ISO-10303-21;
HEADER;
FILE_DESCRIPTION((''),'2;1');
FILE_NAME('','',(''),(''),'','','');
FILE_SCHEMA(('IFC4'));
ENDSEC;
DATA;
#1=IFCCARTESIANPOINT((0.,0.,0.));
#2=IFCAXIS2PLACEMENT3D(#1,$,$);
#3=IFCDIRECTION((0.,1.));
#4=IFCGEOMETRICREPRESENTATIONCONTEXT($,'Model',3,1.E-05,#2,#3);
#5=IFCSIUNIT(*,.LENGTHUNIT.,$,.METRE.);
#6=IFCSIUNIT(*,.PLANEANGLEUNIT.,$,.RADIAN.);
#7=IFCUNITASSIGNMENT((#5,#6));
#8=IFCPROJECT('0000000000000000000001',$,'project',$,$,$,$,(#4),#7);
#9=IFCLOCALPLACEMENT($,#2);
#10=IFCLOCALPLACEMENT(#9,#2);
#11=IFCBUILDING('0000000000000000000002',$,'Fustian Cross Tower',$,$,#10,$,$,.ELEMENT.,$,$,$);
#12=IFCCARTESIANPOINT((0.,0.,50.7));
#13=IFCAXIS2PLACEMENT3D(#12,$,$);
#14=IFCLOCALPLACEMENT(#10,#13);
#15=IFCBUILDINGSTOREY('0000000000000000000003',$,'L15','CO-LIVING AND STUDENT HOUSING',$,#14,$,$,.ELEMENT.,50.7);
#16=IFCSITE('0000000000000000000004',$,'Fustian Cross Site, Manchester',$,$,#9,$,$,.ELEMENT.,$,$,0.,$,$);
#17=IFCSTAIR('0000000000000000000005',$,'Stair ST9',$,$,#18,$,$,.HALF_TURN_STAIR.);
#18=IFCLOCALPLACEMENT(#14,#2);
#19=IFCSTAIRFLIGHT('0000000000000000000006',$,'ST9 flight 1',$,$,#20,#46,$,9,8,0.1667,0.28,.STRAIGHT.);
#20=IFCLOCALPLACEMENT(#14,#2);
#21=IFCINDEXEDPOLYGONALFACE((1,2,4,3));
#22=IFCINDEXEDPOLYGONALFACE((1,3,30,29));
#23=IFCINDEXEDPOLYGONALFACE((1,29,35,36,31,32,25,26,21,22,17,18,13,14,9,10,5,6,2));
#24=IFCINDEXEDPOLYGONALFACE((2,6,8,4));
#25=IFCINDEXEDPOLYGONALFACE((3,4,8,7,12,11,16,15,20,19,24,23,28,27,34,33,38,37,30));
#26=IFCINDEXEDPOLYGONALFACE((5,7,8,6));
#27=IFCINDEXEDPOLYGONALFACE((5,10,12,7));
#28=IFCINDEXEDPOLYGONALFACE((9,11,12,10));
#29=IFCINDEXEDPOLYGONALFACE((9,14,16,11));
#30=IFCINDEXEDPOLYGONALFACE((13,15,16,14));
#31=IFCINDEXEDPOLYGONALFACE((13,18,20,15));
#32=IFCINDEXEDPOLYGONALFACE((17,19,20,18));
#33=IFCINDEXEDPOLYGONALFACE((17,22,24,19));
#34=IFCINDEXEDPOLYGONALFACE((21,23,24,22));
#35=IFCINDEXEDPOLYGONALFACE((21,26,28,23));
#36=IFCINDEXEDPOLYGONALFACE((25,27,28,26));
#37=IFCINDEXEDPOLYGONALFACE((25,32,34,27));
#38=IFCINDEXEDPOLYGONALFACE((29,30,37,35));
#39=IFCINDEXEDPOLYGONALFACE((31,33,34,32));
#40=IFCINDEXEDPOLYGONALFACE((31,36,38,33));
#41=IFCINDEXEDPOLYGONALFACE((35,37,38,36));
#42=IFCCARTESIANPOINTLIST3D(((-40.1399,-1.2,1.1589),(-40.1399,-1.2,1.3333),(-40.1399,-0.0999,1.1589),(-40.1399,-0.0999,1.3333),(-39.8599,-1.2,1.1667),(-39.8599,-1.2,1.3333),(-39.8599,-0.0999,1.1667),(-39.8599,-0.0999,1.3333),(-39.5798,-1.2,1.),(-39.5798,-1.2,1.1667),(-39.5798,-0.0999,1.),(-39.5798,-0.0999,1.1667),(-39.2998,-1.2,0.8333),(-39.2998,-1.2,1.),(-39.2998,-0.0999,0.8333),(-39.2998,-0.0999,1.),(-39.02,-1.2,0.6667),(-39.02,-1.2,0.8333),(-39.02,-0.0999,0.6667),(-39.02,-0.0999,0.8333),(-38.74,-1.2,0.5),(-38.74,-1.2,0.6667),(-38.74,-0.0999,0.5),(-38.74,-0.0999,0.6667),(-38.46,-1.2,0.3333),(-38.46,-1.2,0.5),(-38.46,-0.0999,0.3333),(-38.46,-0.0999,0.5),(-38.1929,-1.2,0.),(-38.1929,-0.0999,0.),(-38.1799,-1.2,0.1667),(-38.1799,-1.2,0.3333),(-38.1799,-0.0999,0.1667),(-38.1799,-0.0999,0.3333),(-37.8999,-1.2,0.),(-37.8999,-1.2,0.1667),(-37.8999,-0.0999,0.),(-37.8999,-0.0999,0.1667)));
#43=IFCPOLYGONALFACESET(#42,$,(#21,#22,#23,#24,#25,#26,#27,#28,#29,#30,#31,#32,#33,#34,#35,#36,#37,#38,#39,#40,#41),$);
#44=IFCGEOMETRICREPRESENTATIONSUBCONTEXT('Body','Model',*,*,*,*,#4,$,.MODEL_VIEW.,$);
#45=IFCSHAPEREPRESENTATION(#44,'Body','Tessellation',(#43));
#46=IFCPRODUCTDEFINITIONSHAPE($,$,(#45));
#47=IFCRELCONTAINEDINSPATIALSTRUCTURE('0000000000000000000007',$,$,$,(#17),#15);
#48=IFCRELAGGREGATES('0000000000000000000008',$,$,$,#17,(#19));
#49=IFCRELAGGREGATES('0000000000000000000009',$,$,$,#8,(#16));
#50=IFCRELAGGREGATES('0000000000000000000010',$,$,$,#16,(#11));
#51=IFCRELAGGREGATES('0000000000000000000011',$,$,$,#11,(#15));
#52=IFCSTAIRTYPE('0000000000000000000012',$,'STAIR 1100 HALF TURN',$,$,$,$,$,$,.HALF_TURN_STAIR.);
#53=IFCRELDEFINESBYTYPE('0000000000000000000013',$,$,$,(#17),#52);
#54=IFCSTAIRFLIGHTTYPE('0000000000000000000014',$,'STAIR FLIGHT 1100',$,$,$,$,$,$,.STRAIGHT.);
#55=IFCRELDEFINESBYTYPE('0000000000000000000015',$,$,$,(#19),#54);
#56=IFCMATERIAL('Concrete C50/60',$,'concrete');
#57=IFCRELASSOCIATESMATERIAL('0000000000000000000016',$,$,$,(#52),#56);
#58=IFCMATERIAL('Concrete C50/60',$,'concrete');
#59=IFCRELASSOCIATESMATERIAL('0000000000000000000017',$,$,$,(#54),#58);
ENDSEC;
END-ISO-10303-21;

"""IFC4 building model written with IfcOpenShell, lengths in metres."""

from ifc_helpers import new_model, si_unit, direction, frame, origin, place, context, subcontext, project, spatial, polyline, outline, extrude, material, type_object, element, aggregate, save


model = new_model("IFC4")

# Units and contexts
model_context = context("Model", 3, precision=1e-05, world=origin(), true_north=direction((0.0, 1.0)))
body_context = subcontext(model_context, "Body", "Model", "MODEL_VIEW")
ifc_project = project(units=[si_unit("LENGTHUNIT", "METRE"), si_unit("PLANEANGLEUNIT", "RADIAN")], contexts=[model_context])

# Site, building, storey
site_placement = place(None, origin())
site = spatial("IfcSite", under=ifc_project, at=site_placement, Name="Fustian Cross Site, Manchester", CompositionType="ELEMENT", RefElevation=0.0)
building_placement = place(site_placement, origin())
building = spatial("IfcBuilding", under=site, at=building_placement, Name="Fustian Cross Tower", CompositionType="ELEMENT")
storey_placement = place(building_placement, frame((0.0, 0.0, 50.7)))
storey = spatial("IfcBuildingStorey", under=building, at=storey_placement, Name="L15", Description="CO-LIVING AND STUDENT HOUSING", CompositionType="ELEMENT", Elevation=50.7)

# Stair, stair flight
ifc_material_1 = material(Name="Concrete C50/60", Category="concrete")
stair_type = type_object("IfcStairType", Name="STAIR 1100 HALF TURN", PredefinedType="HALF_TURN_STAIR", material=ifc_material_1)
stair_placement = place(storey_placement, origin())
stair = element("IfcStair", 1, at=stair_placement, inside=storey, type_object=stair_type, Name="Stair ST9", PredefinedType="HALF_TURN_STAIR")
ifc_material_2 = material(Name="Concrete C50/60", Category="concrete")
stair_flight_type = type_object("IfcStairFlightType", Name="STAIR FLIGHT 1100", PredefinedType="STRAIGHT", material=ifc_material_2)
stair_flight_placement = place(storey_placement, frame((-37.8999, -0.6499, 0.0), z_axis=(0.0, 0.0, 1.0), x_axis=(-1.0, 0.0, 0.0)))
stair_flight = element("IfcStairFlight", 2, at=stair_flight_placement, type_object=stair_flight_type, Name="ST9 flight 1", NumberOfRisers=9, NumberOfTreads=8, PredefinedType="STRAIGHT", RiserHeight=0.1667, TreadLength=0.28, context=body_context, shape_type="SweptSolid", body=[
    extrude(outline(polyline([(0.0, 0.0), (0.0, 0.1667), (0.28, 0.1667), (0.28, 0.3333), (0.5601, 0.3333), (0.5601, 0.5), (0.8401, 0.5), (0.8401, 0.6667), (1.1201, 0.6667), (1.1201, 0.8333), (1.3999, 0.8333), (1.3999, 1.0), (1.6799, 1.0), (1.6799, 1.1667), (1.96, 1.1667), (1.96, 1.3333), (2.24, 1.3333), (2.24, 1.5), (2.24, 1.1589), (0.293, 0.0), (0.0, 0.0)])), frame((0.0, 0.55, 0.0), z_axis=(0.0, -1.0, 0.0), x_axis=(1.0, 0.0, 0.0)), (0.0, 0.0, 1.0), 1.1001),
])
aggregate(stair, [stair_flight])

save(model, "model.ifc")
